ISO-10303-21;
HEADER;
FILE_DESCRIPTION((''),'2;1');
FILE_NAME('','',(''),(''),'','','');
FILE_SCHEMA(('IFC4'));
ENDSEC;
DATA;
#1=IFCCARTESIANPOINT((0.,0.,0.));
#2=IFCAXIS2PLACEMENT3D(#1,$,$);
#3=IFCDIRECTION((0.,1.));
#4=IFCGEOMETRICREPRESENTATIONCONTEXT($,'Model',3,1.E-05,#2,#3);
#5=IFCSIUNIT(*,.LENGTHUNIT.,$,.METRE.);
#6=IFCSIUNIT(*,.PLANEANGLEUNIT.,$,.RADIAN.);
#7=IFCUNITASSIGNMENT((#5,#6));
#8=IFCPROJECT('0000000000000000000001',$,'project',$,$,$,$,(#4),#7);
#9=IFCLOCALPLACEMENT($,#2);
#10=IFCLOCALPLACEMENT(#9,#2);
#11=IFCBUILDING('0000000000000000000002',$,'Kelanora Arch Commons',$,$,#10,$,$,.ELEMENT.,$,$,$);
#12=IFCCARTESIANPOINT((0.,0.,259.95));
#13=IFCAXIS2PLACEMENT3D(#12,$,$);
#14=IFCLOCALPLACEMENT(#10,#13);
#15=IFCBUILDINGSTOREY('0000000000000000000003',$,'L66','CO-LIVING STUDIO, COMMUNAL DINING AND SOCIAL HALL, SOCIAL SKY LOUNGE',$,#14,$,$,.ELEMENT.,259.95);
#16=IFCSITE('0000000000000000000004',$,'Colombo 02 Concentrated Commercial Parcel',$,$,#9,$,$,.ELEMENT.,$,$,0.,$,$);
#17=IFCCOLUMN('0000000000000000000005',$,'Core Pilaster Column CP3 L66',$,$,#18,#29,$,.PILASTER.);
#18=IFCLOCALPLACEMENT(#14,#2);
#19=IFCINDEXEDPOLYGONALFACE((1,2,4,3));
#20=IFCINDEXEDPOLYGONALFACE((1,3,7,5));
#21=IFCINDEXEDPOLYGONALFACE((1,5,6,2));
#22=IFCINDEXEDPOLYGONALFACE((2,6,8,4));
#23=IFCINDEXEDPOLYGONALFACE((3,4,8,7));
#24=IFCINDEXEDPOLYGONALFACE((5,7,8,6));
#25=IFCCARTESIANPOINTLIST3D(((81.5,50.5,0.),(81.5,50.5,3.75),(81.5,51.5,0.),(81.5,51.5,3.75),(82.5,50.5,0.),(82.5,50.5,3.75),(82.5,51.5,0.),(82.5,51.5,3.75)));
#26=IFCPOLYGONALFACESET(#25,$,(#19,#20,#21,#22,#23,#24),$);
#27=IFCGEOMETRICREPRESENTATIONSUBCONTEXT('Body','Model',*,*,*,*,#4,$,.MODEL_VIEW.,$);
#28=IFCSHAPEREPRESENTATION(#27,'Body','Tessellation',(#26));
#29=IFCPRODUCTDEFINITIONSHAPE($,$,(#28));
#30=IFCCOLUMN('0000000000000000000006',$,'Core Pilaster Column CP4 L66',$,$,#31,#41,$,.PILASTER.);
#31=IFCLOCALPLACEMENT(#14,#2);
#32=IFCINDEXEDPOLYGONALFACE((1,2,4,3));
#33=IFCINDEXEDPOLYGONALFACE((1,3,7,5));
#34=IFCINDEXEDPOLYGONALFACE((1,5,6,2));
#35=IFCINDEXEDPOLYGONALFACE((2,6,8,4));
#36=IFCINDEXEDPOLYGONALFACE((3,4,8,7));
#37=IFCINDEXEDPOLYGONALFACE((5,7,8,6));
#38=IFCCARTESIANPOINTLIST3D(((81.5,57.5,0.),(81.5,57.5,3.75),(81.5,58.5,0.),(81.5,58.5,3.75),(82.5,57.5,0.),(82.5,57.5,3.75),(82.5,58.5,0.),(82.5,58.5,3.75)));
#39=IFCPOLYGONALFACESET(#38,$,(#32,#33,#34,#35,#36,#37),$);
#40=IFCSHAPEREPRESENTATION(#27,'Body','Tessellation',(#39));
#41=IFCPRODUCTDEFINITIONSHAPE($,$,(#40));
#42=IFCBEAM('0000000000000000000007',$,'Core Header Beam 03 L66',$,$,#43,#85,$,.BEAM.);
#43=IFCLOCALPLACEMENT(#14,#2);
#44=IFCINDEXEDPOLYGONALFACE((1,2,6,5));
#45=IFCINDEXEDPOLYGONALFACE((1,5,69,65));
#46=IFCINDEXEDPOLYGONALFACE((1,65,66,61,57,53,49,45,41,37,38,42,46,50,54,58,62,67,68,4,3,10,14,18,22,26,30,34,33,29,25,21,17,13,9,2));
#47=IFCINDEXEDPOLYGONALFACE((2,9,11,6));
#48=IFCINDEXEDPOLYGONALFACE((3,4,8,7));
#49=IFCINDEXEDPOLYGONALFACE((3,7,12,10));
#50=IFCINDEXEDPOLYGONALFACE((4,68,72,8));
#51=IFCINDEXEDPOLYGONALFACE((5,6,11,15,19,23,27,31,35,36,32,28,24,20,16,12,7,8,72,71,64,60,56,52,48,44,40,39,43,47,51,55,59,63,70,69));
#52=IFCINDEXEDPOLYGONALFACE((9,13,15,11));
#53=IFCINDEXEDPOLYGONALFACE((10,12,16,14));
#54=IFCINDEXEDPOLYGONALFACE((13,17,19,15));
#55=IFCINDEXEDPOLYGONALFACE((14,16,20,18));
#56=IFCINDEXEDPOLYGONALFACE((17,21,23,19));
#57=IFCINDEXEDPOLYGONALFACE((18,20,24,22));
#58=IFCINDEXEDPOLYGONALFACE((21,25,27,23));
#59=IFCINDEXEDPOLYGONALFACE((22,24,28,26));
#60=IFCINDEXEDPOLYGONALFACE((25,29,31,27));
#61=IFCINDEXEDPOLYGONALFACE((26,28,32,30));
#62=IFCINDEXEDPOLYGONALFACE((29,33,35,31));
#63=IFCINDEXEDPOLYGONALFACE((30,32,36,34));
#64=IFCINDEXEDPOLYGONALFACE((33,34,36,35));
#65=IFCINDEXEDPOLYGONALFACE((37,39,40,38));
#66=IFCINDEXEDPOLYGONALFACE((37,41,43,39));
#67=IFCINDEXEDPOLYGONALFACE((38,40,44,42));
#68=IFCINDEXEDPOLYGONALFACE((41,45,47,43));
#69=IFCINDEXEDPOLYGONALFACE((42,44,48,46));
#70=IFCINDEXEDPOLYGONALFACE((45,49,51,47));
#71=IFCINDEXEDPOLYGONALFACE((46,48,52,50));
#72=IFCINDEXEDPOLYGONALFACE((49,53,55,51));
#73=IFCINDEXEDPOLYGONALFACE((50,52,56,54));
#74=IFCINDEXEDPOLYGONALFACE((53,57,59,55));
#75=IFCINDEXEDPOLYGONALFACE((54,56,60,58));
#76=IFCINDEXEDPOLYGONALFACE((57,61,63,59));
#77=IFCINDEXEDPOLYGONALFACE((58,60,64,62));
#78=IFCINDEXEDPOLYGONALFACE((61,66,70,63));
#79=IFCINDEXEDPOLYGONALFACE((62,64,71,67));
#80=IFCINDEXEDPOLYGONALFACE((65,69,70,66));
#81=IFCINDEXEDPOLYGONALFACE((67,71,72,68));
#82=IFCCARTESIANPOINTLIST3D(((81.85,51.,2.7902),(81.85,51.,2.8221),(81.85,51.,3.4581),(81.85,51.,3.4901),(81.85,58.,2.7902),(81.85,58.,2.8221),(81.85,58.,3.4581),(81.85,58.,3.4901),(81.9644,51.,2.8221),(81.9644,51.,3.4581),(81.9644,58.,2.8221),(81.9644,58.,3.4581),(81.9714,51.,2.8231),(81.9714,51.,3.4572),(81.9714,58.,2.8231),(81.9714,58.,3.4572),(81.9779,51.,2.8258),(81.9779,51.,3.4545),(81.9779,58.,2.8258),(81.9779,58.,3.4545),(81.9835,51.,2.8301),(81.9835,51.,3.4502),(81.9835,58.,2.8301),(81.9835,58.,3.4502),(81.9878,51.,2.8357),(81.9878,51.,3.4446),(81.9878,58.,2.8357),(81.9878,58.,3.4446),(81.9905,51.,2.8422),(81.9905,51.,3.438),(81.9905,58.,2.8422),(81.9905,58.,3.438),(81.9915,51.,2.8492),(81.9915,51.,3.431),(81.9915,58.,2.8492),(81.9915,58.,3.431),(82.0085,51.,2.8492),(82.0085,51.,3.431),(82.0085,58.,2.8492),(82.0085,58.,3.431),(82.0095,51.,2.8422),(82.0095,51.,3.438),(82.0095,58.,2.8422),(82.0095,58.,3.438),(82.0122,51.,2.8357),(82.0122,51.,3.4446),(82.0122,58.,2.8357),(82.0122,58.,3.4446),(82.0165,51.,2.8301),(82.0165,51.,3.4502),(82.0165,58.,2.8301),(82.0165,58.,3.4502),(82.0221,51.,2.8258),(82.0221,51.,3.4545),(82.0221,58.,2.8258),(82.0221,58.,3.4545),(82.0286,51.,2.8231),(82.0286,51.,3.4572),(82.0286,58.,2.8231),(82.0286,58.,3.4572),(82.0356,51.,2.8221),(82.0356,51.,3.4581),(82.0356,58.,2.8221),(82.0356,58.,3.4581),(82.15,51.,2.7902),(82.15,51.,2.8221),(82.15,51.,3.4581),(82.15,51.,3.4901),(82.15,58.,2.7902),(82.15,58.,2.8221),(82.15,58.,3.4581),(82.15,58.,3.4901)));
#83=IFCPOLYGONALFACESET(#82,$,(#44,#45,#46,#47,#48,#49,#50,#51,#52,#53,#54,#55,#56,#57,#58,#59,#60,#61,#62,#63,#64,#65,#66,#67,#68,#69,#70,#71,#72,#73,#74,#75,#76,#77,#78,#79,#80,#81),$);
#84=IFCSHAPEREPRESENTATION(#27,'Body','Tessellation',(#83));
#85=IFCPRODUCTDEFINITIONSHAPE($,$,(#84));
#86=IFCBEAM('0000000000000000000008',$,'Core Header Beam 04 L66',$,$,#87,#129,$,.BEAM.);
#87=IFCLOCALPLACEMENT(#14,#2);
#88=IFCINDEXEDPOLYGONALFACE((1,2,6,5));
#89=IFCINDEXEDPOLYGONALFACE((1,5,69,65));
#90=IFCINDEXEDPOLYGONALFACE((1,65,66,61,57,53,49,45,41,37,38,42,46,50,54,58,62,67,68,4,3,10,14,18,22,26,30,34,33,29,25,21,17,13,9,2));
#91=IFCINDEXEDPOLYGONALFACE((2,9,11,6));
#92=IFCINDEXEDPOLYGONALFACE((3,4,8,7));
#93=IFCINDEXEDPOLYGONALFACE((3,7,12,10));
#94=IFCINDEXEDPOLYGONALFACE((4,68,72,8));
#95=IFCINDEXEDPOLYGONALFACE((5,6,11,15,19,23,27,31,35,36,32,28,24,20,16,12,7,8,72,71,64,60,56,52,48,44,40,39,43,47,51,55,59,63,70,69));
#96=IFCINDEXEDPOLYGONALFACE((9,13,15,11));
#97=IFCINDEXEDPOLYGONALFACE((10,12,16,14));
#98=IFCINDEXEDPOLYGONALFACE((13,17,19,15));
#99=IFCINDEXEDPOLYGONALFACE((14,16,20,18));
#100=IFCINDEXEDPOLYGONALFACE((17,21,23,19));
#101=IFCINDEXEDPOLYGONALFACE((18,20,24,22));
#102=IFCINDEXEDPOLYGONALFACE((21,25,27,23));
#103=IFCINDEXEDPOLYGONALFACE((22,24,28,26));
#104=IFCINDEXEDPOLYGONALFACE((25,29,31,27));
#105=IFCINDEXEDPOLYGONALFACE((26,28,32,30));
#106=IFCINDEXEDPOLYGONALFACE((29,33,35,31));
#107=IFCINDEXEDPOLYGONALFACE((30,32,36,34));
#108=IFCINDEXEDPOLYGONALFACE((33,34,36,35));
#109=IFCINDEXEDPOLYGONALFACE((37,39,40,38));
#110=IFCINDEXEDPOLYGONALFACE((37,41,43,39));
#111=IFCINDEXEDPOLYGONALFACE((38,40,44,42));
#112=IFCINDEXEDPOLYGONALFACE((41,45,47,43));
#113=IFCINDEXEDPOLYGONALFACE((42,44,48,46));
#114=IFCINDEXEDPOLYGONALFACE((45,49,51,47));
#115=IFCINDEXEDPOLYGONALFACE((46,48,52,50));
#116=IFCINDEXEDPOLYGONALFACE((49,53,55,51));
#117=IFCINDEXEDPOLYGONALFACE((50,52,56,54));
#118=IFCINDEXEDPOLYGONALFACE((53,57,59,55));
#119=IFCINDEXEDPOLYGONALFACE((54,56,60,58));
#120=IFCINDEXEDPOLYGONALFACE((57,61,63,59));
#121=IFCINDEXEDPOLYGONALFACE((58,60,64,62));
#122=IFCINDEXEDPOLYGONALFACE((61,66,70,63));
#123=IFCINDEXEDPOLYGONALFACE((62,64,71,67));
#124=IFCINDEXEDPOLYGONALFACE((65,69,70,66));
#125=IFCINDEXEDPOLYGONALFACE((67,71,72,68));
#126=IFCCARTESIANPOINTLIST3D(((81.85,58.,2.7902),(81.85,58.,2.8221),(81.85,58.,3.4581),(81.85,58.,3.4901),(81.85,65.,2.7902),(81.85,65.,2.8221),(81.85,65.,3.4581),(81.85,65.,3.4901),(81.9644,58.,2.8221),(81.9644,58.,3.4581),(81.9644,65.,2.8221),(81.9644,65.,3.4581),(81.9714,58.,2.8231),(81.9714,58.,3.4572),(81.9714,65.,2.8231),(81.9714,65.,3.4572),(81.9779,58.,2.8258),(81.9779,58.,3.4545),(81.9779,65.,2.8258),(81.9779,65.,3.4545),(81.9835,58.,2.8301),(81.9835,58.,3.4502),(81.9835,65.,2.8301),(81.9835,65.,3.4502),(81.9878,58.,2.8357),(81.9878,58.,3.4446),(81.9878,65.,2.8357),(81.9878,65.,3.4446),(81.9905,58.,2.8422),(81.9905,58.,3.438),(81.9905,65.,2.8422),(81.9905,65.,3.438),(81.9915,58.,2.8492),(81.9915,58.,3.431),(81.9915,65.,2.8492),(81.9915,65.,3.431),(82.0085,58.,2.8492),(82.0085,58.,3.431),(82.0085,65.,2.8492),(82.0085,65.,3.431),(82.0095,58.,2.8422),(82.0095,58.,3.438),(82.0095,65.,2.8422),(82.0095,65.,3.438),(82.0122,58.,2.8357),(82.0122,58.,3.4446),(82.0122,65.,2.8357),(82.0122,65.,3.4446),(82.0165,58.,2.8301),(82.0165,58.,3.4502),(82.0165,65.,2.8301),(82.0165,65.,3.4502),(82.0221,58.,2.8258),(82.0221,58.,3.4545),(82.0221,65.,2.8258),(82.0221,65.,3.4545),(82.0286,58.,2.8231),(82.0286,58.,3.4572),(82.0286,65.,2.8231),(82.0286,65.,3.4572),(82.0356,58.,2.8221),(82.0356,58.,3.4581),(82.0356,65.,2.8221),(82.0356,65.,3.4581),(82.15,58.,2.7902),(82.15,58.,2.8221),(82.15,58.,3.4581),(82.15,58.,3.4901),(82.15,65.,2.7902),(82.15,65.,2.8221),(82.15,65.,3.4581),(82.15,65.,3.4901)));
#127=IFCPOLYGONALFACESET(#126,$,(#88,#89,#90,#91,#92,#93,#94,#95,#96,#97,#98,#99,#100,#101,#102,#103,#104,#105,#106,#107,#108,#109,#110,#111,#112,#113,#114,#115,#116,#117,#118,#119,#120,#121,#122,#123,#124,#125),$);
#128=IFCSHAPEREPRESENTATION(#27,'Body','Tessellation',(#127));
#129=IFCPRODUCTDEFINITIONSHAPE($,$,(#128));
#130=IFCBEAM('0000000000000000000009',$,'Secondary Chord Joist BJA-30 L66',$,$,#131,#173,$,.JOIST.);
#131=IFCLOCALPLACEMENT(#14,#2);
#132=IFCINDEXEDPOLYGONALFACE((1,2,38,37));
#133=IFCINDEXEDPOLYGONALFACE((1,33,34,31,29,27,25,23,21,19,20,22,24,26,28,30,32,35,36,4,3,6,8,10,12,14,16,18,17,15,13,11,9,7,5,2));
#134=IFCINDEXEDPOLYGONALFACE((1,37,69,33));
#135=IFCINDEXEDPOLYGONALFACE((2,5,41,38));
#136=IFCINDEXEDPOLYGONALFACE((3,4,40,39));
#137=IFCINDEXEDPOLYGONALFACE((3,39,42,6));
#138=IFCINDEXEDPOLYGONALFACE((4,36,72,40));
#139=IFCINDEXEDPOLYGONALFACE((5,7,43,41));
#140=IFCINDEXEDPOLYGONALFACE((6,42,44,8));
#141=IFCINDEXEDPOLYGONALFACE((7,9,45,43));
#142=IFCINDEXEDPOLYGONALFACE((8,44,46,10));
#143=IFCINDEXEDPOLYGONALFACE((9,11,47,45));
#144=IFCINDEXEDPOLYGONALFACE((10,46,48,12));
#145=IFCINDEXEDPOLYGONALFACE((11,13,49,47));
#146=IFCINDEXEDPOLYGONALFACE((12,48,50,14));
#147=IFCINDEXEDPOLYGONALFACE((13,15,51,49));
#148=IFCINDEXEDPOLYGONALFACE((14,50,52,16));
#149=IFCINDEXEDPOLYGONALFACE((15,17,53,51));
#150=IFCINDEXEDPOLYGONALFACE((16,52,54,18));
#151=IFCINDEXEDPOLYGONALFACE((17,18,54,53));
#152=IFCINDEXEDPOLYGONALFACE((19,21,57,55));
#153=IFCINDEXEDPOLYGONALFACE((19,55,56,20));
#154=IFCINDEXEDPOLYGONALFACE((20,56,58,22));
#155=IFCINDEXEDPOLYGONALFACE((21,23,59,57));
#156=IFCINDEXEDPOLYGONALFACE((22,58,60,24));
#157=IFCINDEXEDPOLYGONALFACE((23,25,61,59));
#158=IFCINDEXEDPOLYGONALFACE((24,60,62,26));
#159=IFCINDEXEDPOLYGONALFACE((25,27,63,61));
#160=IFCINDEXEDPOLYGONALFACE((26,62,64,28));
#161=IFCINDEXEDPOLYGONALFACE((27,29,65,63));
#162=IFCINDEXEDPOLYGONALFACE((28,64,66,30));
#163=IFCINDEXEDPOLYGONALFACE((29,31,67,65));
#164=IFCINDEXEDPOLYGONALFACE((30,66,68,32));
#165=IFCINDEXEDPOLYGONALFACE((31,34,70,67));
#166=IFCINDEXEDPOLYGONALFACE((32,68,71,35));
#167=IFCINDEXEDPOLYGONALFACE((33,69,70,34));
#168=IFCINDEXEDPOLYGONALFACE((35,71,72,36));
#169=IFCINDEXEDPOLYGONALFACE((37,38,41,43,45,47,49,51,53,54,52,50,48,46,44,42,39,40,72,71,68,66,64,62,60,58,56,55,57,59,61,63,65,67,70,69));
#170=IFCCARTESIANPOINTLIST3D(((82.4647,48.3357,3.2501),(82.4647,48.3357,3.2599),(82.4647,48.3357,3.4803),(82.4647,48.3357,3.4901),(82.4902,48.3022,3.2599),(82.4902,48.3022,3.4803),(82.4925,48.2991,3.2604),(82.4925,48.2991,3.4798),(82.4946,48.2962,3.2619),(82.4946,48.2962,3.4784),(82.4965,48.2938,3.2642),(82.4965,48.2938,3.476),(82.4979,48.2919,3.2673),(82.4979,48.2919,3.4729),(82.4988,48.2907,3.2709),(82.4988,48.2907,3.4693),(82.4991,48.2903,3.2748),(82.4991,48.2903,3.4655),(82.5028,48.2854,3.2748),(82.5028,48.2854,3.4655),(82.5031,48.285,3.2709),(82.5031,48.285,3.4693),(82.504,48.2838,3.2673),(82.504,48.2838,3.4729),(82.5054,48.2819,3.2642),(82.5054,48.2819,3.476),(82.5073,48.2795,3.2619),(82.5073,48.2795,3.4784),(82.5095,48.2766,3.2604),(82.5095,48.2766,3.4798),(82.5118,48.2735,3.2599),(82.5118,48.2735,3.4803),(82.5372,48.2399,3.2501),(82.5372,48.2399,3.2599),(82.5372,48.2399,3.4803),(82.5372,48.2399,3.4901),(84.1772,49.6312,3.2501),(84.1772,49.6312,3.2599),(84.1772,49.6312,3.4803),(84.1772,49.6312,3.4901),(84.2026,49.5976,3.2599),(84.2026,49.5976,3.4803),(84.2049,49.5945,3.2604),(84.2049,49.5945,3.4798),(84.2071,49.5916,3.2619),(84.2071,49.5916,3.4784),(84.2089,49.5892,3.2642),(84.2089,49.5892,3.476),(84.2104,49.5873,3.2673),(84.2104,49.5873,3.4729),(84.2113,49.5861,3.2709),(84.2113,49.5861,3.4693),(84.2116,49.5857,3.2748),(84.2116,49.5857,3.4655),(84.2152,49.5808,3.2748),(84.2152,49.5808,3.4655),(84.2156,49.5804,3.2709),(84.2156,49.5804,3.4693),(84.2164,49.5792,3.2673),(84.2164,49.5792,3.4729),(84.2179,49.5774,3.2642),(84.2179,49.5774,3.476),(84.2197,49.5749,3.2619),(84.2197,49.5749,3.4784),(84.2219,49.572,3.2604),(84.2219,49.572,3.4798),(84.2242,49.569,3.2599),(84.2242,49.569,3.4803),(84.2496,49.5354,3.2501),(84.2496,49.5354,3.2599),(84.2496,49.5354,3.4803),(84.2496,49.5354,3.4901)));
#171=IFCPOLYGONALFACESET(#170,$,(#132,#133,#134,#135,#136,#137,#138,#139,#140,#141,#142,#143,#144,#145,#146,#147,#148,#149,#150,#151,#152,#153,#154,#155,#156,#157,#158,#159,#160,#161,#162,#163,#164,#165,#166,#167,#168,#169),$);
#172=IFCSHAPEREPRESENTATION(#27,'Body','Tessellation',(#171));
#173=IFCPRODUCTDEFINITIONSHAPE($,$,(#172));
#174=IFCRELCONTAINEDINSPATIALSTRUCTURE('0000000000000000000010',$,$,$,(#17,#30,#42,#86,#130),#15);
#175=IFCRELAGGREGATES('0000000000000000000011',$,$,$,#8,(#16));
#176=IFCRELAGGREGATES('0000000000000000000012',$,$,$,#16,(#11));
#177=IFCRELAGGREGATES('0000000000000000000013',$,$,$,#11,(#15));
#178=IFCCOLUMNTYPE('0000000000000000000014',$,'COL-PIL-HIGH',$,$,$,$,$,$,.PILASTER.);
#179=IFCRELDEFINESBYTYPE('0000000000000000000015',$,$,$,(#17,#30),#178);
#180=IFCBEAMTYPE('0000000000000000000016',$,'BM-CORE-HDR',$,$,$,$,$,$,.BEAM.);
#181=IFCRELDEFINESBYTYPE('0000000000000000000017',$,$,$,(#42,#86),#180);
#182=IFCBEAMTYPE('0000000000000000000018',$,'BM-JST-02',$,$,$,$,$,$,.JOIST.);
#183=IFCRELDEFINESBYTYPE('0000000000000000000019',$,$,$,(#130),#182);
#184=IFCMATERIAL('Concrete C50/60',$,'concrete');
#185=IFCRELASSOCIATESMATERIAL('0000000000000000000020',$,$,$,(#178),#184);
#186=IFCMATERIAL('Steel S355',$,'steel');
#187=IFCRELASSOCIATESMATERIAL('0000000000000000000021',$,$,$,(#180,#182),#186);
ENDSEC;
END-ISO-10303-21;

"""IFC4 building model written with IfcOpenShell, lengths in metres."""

from ifc_helpers import new_model, si_unit, direction, frame, origin, origin_2d, place, context, subcontext, project, spatial, rectangle, i_section, extrude, material, material_profile, profile_set, type_object, element, save


model = new_model("IFC4")

# Units and contexts
model_context = context("Model", 3, precision=1e-05, world=origin(), true_north=direction((0.0, 1.0)))
body_context = subcontext(model_context, "Body", "Model", "MODEL_VIEW")
ifc_project = project(units=[si_unit("LENGTHUNIT", "METRE"), si_unit("PLANEANGLEUNIT", "RADIAN")], contexts=[model_context])

# Site, building, storey
site_placement = place(None, origin())
site = spatial("IfcSite", under=ifc_project, at=site_placement, Name="Colombo 02 Concentrated Commercial Parcel", CompositionType="ELEMENT", RefElevation=0.0)
building_placement = place(site_placement, origin())
building = spatial("IfcBuilding", under=site, at=building_placement, Name="Kelanora Arch Commons", CompositionType="ELEMENT")
storey_placement = place(building_placement, frame((0.0, 0.0, 259.95)))
storey = spatial("IfcBuildingStorey", under=building, at=storey_placement, Name="L66", Description="CO-LIVING STUDIO, COMMUNAL DINING AND SOCIAL HALL, SOCIAL SKY LOUNGE", CompositionType="ELEMENT", Elevation=259.95)

# Columns
ifc_material_1 = material(Name="Concrete C50/60", Category="concrete")
ifc_material_profile_1 = material_profile(ifc_material_1, rectangle(XDim=1.0, YDim=1.0, at=origin_2d()), Name="RC1000x1000")
ifc_profile_set_1 = profile_set([ifc_material_profile_1], Name="Concrete C50/60")
column_type = type_object("IfcColumnType", Name="COL-PIL-HIGH", PredefinedType="PILASTER", material=ifc_profile_set_1)
for number, where, z_axis, x_axis, name in (
    (1, (82.0, 51.0, 0.0), (0.0, 0.0, 1.0), (1.0, 0.0, 0.0), "Core Pilaster Column CP3 L66"),
    (2, (82.0, 58.0, 0.0), (0.0, 0.0, 1.0), (1.0, 0.0, 0.0), "Core Pilaster Column CP4 L66"),
):
    element("IfcColumn", number, at=place(storey_placement, frame(where, z_axis=z_axis, x_axis=x_axis)), inside=storey, type_object=column_type, Name=name, PredefinedType="PILASTER", context=body_context, shape_type="SweptSolid", body=[
        extrude(rectangle(XDim=1.0, YDim=1.0, at=origin_2d()), origin(), (0.0, 0.0, 1.0), 3.75),
    ])

# Beams
ifc_material_2 = material(Name="Steel S355", Category="steel")
ifc_material_profile_2 = material_profile(ifc_material_2, i_section(OverallWidth=0.3, OverallDepth=0.7, WebThickness=0.0171, FlangeThickness=0.032, FilletRadius=0.0271, at=origin_2d()), Name="HEB700")
ifc_profile_set_2 = profile_set([ifc_material_profile_2], Name="Steel S355")
beam_type_1 = type_object("IfcBeamType", Name="BM-CORE-HDR", PredefinedType="BEAM", material=ifc_profile_set_2)
for number, where, z_axis, x_axis, name in (
    (3, (82.0, 51.0, 3.1401), (0.0, 1.0, 0.0), (-1.0, 0.0, 0.0), "Core Header Beam 03 L66"),
    (4, (82.0, 58.0, 3.1401), (0.0, 1.0, 0.0), (-1.0, 0.0, 0.0), "Core Header Beam 04 L66"),
):
    element("IfcBeam", number, at=place(storey_placement, frame(where, z_axis=z_axis, x_axis=x_axis)), inside=storey, type_object=beam_type_1, Name=name, PredefinedType="BEAM", context=body_context, shape_type="SweptSolid", body=[
        extrude(i_section(OverallWidth=0.3, OverallDepth=0.7, WebThickness=0.0171, FlangeThickness=0.032, FilletRadius=0.0271, at=origin_2d()), origin(), (0.0, 0.0, 1.0), 7.0),
    ])
ifc_material_profile_3 = material_profile(ifc_material_2, i_section(OverallWidth=0.1201, OverallDepth=0.24, WebThickness=0.0061, FlangeThickness=0.0098, FilletRadius=0.0149, at=origin_2d()), Name="IPE240")
ifc_profile_set_3 = profile_set([ifc_material_profile_3], Name="Steel S355")
beam_type_2 = type_object("IfcBeamType", Name="BM-JST-02", PredefinedType="JOIST", material=ifc_profile_set_3)
beam_1_placement = place(storey_placement, frame((82.501, 48.2878, 3.3701), z_axis=(0.79751, 0.603306, 0.0), x_axis=(-0.603306, 0.79751, 0.0)))
element("IfcBeam", 5, at=beam_1_placement, inside=storey, type_object=beam_type_2, Name="Secondary Chord Joist BJA-30 L66", PredefinedType="JOIST", context=body_context, shape_type="SweptSolid", body=[
    extrude(i_section(OverallWidth=0.1201, OverallDepth=0.24, WebThickness=0.0061, FlangeThickness=0.0098, FilletRadius=0.0149, at=origin_2d()), origin(), (0.0, 0.0, 1.0), 2.1472),
])

save(model, "model.ifc")
